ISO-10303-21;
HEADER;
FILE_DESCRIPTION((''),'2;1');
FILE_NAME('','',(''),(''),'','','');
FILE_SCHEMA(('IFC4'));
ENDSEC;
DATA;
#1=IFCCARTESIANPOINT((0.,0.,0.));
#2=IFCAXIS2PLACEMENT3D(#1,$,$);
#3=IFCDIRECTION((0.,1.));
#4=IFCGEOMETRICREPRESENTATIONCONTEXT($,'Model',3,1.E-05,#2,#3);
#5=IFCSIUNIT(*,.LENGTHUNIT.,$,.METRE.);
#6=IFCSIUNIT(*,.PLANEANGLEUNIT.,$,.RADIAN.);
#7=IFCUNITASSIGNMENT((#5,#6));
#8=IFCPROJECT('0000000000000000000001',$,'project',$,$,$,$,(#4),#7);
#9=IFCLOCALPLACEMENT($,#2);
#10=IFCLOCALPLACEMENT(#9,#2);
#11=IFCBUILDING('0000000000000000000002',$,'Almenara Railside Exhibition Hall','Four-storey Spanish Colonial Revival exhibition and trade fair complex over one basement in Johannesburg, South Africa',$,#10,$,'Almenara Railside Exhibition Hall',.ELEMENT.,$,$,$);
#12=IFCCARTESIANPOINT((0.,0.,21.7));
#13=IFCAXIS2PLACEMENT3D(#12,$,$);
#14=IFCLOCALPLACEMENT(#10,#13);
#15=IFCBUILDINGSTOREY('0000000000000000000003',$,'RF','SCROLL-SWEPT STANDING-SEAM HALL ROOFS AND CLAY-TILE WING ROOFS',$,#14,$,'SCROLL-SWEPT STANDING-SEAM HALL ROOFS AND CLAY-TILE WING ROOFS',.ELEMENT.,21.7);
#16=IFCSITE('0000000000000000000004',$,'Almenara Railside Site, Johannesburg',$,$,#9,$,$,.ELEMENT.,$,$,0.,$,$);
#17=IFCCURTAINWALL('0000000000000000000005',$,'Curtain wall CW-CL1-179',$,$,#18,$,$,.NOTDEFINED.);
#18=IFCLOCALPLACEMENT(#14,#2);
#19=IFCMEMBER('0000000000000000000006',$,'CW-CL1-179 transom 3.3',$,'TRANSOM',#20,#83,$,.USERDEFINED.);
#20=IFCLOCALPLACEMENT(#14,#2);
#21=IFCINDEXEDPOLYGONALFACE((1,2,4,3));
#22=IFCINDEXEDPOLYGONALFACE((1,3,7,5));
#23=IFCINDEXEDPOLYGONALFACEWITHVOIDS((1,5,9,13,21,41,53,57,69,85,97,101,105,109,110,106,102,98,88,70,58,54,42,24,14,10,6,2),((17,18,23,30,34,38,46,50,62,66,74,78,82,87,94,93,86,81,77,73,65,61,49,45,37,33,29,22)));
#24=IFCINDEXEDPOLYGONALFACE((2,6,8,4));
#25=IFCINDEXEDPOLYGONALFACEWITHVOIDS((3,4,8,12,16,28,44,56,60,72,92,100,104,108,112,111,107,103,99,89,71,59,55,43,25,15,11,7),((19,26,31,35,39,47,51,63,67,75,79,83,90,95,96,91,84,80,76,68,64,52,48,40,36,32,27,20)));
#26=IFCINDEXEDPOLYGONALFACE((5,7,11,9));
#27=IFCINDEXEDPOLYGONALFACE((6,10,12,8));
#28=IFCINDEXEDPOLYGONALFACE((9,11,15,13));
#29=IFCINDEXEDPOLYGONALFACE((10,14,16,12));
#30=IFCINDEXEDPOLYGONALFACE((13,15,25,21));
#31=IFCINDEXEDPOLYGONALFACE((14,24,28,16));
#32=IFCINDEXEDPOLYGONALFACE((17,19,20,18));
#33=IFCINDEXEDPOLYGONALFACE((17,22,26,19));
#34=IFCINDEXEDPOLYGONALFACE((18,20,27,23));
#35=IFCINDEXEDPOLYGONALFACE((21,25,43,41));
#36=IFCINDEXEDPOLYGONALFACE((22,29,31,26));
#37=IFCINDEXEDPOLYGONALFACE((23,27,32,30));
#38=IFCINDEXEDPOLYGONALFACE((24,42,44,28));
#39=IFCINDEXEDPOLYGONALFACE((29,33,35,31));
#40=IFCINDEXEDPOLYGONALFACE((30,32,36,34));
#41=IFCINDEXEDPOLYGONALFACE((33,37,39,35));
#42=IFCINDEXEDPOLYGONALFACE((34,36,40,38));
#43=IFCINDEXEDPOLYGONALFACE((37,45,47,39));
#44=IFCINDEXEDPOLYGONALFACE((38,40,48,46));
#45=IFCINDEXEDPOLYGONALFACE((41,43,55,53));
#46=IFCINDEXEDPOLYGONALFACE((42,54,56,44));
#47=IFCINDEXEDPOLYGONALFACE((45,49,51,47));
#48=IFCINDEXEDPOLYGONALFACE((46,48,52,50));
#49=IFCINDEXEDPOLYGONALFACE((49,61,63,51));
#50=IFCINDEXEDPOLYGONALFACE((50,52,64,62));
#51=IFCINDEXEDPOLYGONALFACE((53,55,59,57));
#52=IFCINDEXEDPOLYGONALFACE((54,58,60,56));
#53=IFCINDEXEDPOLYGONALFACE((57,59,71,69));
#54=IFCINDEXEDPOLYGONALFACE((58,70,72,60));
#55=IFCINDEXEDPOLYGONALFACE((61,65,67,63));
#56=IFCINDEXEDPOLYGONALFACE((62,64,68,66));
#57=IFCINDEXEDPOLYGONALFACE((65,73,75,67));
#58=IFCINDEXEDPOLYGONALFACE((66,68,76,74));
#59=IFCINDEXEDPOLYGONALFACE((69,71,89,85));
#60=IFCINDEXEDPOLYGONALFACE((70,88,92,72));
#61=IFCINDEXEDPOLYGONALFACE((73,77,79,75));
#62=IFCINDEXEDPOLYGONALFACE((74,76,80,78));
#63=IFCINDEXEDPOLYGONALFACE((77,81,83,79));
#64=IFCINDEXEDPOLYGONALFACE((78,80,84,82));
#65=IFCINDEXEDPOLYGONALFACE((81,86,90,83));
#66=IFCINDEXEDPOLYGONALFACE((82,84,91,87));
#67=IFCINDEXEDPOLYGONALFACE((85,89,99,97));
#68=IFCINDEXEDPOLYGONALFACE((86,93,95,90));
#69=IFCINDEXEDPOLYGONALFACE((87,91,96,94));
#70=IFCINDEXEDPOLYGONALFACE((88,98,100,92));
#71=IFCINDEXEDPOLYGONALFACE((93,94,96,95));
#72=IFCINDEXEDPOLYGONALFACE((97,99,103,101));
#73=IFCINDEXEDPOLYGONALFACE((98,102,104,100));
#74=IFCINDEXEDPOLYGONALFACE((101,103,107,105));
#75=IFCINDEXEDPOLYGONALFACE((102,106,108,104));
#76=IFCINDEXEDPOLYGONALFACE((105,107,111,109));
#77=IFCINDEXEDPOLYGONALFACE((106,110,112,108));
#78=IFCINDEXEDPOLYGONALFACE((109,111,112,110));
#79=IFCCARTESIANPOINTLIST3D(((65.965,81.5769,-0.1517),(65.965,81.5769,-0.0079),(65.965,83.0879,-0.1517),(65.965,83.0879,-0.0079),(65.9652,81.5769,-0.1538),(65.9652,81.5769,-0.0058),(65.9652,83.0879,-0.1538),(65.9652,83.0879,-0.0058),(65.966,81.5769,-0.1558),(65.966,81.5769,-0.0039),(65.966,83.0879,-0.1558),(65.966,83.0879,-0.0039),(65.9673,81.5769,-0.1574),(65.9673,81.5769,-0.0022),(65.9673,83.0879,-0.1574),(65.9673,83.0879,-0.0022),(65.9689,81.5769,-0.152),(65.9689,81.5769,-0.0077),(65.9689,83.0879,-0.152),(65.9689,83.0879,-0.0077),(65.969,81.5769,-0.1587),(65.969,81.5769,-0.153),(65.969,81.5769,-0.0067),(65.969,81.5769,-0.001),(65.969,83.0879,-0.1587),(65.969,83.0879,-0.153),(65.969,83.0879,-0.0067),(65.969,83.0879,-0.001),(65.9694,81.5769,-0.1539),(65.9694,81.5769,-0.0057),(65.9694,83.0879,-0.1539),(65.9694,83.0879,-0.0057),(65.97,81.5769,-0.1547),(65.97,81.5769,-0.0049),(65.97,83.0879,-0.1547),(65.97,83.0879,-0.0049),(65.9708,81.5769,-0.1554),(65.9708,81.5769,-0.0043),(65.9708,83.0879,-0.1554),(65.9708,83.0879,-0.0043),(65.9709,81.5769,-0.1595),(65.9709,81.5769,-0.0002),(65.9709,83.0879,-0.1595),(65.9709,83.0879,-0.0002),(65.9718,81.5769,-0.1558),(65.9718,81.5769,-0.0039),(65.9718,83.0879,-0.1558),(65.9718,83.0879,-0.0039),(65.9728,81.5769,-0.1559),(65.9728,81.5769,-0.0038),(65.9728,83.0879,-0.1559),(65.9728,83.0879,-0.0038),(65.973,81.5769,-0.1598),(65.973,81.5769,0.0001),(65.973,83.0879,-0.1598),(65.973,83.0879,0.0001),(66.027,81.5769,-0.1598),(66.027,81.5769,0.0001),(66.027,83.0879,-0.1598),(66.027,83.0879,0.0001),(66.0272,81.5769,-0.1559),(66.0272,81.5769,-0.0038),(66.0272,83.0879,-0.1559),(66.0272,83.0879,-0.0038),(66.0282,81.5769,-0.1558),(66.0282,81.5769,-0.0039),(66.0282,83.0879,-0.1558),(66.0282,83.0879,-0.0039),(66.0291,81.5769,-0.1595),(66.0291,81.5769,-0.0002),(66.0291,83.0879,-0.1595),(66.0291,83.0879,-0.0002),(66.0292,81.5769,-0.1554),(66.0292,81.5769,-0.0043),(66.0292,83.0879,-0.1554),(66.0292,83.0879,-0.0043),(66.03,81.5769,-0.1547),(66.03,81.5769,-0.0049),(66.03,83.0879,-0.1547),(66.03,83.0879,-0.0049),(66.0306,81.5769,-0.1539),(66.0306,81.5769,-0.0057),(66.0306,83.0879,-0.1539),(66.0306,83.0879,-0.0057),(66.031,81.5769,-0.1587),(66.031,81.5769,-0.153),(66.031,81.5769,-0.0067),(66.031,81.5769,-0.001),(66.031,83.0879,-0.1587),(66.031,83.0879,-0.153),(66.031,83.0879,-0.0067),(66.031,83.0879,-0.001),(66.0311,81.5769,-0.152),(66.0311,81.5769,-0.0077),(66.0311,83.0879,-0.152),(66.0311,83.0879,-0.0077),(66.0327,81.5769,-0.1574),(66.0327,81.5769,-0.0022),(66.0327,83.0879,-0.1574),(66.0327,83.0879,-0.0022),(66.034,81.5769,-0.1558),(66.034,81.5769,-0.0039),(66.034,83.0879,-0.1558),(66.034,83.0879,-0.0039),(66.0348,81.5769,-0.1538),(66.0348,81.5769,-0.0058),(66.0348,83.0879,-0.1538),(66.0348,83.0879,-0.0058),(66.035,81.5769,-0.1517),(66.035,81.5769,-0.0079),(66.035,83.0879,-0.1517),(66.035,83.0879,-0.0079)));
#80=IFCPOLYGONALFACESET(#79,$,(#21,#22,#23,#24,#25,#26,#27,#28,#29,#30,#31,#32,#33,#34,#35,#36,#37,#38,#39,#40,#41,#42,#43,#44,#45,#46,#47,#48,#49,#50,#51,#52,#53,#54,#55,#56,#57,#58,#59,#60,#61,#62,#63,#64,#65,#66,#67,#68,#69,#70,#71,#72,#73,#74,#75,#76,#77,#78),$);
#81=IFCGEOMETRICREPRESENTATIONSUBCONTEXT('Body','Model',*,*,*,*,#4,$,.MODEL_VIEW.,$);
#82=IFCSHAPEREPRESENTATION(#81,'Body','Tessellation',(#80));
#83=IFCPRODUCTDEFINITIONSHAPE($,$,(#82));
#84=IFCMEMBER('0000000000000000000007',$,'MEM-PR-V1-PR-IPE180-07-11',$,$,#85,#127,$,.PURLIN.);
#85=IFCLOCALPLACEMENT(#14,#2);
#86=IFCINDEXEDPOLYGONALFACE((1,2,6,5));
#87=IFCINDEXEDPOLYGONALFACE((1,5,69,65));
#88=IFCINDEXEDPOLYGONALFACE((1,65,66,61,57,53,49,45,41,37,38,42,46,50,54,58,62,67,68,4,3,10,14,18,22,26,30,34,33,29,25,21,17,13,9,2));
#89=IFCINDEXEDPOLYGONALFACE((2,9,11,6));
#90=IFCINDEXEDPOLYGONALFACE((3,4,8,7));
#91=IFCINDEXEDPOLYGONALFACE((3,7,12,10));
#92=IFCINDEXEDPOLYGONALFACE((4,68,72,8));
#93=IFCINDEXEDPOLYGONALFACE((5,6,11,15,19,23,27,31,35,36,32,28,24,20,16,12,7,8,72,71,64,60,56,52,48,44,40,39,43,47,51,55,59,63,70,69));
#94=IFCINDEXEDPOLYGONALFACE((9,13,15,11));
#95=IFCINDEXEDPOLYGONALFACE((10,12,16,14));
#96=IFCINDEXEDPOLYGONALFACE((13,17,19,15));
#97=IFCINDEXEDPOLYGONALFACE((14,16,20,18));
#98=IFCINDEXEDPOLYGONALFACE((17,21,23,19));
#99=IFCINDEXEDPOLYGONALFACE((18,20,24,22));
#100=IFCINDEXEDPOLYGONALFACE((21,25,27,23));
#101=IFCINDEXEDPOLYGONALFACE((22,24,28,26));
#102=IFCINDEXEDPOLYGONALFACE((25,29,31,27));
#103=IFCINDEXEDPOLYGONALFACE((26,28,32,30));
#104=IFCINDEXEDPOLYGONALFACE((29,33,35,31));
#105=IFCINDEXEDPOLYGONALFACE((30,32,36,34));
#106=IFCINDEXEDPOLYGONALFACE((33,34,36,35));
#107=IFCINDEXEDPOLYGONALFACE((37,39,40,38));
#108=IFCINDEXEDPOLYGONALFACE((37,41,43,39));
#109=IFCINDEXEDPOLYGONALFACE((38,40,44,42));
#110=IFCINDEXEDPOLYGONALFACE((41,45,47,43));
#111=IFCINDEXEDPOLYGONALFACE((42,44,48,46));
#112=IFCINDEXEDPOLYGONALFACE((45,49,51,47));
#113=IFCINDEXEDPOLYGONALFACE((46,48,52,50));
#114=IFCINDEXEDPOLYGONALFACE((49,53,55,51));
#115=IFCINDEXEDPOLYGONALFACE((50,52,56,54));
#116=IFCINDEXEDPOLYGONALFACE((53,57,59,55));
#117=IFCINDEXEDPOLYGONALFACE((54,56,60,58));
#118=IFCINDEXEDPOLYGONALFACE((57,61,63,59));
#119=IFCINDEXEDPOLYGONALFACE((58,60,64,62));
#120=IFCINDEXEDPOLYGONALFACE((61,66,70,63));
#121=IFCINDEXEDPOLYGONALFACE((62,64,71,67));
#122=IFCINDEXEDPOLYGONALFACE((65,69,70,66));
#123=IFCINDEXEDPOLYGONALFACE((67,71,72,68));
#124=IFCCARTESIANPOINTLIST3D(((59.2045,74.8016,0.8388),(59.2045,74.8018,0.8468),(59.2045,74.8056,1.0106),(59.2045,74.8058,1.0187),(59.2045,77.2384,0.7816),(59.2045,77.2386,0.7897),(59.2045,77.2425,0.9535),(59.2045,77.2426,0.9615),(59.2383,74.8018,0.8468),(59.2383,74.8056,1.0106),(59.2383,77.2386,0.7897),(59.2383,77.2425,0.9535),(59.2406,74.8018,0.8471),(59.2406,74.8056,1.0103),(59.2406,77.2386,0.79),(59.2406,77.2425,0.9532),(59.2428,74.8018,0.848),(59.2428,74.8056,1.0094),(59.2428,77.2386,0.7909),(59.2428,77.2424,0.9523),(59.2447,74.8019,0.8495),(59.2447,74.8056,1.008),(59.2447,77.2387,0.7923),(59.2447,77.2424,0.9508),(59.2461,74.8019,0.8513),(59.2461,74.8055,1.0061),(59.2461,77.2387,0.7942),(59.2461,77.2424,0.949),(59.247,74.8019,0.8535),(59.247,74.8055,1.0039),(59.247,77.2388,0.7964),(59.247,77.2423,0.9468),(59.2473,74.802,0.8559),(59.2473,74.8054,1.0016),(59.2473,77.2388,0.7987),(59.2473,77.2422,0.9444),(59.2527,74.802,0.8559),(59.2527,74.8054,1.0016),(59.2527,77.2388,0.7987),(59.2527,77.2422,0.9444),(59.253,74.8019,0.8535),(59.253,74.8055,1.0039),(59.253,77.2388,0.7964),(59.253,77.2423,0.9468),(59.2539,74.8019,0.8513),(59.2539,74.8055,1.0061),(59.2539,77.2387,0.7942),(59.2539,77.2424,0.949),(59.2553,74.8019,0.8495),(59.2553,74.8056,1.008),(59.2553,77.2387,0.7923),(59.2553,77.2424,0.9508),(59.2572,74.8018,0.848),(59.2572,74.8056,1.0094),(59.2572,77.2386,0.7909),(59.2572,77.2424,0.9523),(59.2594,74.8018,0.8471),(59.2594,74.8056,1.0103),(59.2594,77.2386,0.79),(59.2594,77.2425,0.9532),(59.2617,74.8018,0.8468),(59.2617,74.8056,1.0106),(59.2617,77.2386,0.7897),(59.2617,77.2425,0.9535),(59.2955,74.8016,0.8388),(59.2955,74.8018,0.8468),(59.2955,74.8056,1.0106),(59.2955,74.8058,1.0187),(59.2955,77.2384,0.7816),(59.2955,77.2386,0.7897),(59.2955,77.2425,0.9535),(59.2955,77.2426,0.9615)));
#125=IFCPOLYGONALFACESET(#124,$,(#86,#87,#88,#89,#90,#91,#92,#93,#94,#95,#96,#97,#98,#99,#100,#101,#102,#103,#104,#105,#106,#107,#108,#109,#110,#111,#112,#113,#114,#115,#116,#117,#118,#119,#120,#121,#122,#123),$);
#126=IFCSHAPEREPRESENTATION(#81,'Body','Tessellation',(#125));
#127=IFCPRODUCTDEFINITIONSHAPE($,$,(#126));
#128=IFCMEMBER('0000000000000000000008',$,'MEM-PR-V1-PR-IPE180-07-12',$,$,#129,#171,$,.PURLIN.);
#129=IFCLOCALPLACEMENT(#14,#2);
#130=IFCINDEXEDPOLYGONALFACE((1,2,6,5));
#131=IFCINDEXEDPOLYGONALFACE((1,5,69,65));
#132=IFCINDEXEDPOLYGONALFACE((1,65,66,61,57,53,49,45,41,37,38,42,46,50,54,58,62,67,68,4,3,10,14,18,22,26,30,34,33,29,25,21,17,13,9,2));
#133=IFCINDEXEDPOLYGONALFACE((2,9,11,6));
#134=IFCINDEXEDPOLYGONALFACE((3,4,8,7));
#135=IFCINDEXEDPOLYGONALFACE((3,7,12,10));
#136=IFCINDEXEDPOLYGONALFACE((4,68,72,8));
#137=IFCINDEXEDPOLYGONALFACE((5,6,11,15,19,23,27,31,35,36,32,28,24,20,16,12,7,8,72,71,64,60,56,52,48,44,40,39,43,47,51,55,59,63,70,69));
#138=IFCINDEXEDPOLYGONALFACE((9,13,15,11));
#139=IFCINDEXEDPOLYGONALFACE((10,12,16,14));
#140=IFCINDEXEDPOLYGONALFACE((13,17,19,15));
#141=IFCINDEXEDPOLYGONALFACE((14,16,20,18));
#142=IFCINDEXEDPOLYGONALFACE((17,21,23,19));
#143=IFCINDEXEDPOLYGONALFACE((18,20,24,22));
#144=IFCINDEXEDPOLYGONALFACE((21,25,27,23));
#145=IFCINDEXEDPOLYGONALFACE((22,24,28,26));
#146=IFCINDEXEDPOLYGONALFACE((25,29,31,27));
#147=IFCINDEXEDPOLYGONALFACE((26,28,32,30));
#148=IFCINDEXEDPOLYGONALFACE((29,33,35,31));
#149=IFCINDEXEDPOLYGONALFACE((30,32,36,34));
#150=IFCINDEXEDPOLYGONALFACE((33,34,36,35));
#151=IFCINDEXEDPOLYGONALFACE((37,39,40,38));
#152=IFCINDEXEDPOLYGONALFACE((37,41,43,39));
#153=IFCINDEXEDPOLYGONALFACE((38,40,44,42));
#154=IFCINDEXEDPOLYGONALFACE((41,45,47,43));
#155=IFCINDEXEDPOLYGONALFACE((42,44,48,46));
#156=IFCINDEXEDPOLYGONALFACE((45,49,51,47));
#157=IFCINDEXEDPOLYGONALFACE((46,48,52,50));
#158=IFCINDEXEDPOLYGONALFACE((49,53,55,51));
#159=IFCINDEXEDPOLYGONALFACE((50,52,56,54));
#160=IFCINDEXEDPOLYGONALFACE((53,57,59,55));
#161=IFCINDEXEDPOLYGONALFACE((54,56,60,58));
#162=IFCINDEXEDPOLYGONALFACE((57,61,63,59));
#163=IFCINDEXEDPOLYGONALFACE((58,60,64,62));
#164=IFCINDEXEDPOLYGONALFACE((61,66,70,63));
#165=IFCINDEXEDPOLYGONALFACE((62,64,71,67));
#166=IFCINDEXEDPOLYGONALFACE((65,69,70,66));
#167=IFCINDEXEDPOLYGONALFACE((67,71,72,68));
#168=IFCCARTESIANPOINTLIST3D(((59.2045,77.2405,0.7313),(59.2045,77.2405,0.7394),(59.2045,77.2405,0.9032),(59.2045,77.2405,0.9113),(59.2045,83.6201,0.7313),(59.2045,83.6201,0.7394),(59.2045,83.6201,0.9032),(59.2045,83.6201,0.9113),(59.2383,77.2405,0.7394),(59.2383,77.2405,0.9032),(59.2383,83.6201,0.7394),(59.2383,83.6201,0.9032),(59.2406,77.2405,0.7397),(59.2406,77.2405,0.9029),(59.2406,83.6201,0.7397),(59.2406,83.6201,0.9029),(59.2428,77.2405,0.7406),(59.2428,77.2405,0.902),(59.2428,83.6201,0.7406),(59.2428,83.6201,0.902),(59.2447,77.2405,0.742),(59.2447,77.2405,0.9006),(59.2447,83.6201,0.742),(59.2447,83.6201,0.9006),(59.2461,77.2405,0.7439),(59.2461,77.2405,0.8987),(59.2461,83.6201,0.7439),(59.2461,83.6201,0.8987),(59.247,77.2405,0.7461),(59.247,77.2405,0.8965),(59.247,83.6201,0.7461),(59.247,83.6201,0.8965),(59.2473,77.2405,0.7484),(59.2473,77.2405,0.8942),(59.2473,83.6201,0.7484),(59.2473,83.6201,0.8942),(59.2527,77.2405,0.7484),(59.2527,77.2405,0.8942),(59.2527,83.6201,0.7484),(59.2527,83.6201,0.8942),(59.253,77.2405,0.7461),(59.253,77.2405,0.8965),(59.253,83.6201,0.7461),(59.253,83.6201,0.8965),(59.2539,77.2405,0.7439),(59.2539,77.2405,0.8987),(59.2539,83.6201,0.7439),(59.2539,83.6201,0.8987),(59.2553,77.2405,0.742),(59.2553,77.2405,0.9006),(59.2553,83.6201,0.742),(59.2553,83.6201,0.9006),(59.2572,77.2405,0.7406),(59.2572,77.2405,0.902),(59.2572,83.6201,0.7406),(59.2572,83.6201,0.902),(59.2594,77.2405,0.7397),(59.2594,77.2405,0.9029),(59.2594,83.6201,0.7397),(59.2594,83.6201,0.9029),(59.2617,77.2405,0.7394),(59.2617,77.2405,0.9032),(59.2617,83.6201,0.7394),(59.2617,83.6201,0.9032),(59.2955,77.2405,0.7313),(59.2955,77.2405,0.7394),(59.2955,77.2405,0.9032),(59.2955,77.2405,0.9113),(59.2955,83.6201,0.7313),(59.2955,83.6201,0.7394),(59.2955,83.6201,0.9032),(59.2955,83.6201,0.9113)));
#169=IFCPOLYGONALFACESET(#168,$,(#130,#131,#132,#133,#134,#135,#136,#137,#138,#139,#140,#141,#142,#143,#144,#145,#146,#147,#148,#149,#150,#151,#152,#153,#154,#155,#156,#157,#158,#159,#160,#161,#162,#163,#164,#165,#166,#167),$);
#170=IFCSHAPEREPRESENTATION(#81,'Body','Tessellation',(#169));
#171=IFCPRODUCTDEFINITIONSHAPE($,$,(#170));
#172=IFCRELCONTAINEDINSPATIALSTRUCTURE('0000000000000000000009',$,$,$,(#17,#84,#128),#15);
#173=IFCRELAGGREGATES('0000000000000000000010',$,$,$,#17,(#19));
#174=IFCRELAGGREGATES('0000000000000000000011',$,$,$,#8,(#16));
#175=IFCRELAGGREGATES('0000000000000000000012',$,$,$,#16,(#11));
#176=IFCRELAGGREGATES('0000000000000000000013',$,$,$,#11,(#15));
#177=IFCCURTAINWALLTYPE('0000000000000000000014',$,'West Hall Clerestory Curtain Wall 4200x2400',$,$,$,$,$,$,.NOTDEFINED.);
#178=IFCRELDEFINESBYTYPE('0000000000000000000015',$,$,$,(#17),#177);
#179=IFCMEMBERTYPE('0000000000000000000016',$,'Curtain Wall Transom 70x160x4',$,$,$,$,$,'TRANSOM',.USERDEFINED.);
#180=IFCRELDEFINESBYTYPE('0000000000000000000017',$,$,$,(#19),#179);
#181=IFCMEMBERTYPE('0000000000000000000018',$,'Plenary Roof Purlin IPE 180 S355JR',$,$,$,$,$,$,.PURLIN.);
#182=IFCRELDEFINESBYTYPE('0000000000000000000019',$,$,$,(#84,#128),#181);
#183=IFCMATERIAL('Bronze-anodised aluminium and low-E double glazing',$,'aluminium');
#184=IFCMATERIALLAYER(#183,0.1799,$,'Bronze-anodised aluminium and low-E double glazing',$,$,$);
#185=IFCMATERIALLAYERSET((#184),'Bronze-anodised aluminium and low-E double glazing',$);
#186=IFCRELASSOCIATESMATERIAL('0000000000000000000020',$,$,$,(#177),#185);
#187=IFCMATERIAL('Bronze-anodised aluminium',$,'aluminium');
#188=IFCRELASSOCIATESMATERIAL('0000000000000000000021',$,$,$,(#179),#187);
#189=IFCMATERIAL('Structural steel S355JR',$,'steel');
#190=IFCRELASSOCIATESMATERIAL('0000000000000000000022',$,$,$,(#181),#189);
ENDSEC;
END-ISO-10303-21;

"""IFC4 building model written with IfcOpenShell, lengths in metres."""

from ifc_helpers import new_model, si_unit, direction, frame, origin, origin_2d, place, context, subcontext, project, spatial, hollow_rectangle, i_section, extrude, material, layer, layer_set, material_profile, profile_set, type_object, element, aggregate, save


model = new_model("IFC4")

# Units and contexts
model_context = context("Model", 3, precision=1e-05, world=origin(), true_north=direction((0.0, 1.0)))
body_context = subcontext(model_context, "Body", "Model", "MODEL_VIEW")
ifc_project = project(units=[si_unit("LENGTHUNIT", "METRE"), si_unit("PLANEANGLEUNIT", "RADIAN")], contexts=[model_context])

# Site, building, storey
site_placement = place(None, origin())
site = spatial("IfcSite", under=ifc_project, at=site_placement, Name="Almenara Railside Site, Johannesburg", CompositionType="ELEMENT", RefElevation=0.0)
building_placement = place(site_placement, origin())
building = spatial("IfcBuilding", under=site, at=building_placement, Name="Almenara Railside Exhibition Hall", Description="Four-storey Spanish Colonial Revival exhibition and trade fair complex over one basement in Johannesburg, South Africa", LongName="Almenara Railside Exhibition Hall", CompositionType="ELEMENT")
storey_placement = place(building_placement, frame((0.0, 0.0, 21.7)))
storey = spatial("IfcBuildingStorey", under=building, at=storey_placement, Name="RF", Description="SCROLL-SWEPT STANDING-SEAM HALL ROOFS AND CLAY-TILE WING ROOFS", LongName="SCROLL-SWEPT STANDING-SEAM HALL ROOFS AND CLAY-TILE WING ROOFS", CompositionType="ELEMENT", Elevation=21.7)

# Shared definitions
ifc_material_1 = material(Name="Structural steel S355JR", Category="steel")

# Curtain wall
ifc_material_2 = material(Name="Bronze-anodised aluminium and low-E double glazing", Category="aluminium")
ifc_layer_1 = layer(ifc_material_2, 0.1799, Name="Bronze-anodised aluminium and low-E double glazing")
ifc_layer_set_1 = layer_set([ifc_layer_1], Name="Bronze-anodised aluminium and low-E double glazing")
curtain_wall_type = type_object("IfcCurtainWallType", Name="West Hall Clerestory Curtain Wall 4200x2400", PredefinedType="NOTDEFINED", material=ifc_layer_set_1)
ifc_material_3 = material(Name="Bronze-anodised aluminium", Category="aluminium")
curtain_wall_1_placement = place(storey_placement, origin())
curtain_wall_1 = element("IfcCurtainWall", 1, at=curtain_wall_1_placement, inside=storey, type_object=curtain_wall_type, Name="Curtain wall CW-CL1-179", PredefinedType="NOTDEFINED")

# Member
ifc_material_profile_1 = material_profile(ifc_material_3, hollow_rectangle(XDim=0.0701, YDim=0.1599, WallThickness=0.0039, InnerFilletRadius=0.0039, OuterFilletRadius=0.0081, at=origin_2d()), Name="ALU-TRN 70x160x4")
ifc_profile_set_1 = profile_set([ifc_material_profile_1], Name="Bronze-anodised aluminium")
member_type_1 = type_object("IfcMemberType", Name="Curtain Wall Transom 70x160x4", ElementType="TRANSOM", PredefinedType="USERDEFINED", material=ifc_profile_set_1)
member_1_placement = place(storey_placement, frame((66.0, 81.5769, -0.0798), z_axis=(0.0, 1.0, 0.0), x_axis=(-1.0, 0.0, 0.0)))
member_1 = element("IfcMember", 2, at=member_1_placement, type_object=member_type_1, Name="CW-CL1-179 transom 3.3", ObjectType="TRANSOM", PredefinedType="USERDEFINED", context=body_context, shape_type="SweptSolid", body=[
    extrude(hollow_rectangle(XDim=0.0701, YDim=0.1599, WallThickness=0.0039, InnerFilletRadius=0.0039, OuterFilletRadius=0.0081, at=origin_2d()), origin(), (0.0, 0.0, 1.0), 1.511),
])

# Members
ifc_material_profile_2 = material_profile(ifc_material_1, i_section(OverallWidth=0.0911, OverallDepth=0.1799, WebThickness=0.0054, FlangeThickness=0.0081, FilletRadius=0.009, at=origin_2d()), Name="IPE 180")
ifc_profile_set_2 = profile_set([ifc_material_profile_2], Name="Structural steel S355JR")
member_type_2 = type_object("IfcMemberType", Name="Plenary Roof Purlin IPE 180 S355JR", PredefinedType="PURLIN", material=ifc_profile_set_2)
member_2_placement = place(storey_placement, frame((59.25, 74.8037, 0.9287), z_axis=(0.0, 0.999725, -0.023438), x_axis=(-1.0, 0.0, 0.0)))
element("IfcMember", 3, at=member_2_placement, inside=storey, type_object=member_type_2, Name="MEM-PR-V1-PR-IPE180-07-11", PredefinedType="PURLIN", context=body_context, shape_type="SweptSolid", body=[
    extrude(i_section(OverallWidth=0.0911, OverallDepth=0.1799, WebThickness=0.0054, FlangeThickness=0.0081, FilletRadius=0.009, at=origin_2d()), origin(), (0.0, 0.0, 1.0), 2.4375),
])
member_3_placement = place(storey_placement, frame((59.25, 77.2405, 0.8213), z_axis=(0.0, 1.0, 0.0), x_axis=(-1.0, 0.0, 0.0)))
element("IfcMember", 4, at=member_3_placement, inside=storey, type_object=member_type_2, Name="MEM-PR-V1-PR-IPE180-07-12", PredefinedType="PURLIN", context=body_context, shape_type="SweptSolid", body=[
    extrude(i_section(OverallWidth=0.0911, OverallDepth=0.1799, WebThickness=0.0054, FlangeThickness=0.0081, FilletRadius=0.009, at=origin_2d()), origin(), (0.0, 0.0, 1.0), 6.3796),
])

aggregate(curtain_wall_1, [member_1])

save(model, "model.ifc")
